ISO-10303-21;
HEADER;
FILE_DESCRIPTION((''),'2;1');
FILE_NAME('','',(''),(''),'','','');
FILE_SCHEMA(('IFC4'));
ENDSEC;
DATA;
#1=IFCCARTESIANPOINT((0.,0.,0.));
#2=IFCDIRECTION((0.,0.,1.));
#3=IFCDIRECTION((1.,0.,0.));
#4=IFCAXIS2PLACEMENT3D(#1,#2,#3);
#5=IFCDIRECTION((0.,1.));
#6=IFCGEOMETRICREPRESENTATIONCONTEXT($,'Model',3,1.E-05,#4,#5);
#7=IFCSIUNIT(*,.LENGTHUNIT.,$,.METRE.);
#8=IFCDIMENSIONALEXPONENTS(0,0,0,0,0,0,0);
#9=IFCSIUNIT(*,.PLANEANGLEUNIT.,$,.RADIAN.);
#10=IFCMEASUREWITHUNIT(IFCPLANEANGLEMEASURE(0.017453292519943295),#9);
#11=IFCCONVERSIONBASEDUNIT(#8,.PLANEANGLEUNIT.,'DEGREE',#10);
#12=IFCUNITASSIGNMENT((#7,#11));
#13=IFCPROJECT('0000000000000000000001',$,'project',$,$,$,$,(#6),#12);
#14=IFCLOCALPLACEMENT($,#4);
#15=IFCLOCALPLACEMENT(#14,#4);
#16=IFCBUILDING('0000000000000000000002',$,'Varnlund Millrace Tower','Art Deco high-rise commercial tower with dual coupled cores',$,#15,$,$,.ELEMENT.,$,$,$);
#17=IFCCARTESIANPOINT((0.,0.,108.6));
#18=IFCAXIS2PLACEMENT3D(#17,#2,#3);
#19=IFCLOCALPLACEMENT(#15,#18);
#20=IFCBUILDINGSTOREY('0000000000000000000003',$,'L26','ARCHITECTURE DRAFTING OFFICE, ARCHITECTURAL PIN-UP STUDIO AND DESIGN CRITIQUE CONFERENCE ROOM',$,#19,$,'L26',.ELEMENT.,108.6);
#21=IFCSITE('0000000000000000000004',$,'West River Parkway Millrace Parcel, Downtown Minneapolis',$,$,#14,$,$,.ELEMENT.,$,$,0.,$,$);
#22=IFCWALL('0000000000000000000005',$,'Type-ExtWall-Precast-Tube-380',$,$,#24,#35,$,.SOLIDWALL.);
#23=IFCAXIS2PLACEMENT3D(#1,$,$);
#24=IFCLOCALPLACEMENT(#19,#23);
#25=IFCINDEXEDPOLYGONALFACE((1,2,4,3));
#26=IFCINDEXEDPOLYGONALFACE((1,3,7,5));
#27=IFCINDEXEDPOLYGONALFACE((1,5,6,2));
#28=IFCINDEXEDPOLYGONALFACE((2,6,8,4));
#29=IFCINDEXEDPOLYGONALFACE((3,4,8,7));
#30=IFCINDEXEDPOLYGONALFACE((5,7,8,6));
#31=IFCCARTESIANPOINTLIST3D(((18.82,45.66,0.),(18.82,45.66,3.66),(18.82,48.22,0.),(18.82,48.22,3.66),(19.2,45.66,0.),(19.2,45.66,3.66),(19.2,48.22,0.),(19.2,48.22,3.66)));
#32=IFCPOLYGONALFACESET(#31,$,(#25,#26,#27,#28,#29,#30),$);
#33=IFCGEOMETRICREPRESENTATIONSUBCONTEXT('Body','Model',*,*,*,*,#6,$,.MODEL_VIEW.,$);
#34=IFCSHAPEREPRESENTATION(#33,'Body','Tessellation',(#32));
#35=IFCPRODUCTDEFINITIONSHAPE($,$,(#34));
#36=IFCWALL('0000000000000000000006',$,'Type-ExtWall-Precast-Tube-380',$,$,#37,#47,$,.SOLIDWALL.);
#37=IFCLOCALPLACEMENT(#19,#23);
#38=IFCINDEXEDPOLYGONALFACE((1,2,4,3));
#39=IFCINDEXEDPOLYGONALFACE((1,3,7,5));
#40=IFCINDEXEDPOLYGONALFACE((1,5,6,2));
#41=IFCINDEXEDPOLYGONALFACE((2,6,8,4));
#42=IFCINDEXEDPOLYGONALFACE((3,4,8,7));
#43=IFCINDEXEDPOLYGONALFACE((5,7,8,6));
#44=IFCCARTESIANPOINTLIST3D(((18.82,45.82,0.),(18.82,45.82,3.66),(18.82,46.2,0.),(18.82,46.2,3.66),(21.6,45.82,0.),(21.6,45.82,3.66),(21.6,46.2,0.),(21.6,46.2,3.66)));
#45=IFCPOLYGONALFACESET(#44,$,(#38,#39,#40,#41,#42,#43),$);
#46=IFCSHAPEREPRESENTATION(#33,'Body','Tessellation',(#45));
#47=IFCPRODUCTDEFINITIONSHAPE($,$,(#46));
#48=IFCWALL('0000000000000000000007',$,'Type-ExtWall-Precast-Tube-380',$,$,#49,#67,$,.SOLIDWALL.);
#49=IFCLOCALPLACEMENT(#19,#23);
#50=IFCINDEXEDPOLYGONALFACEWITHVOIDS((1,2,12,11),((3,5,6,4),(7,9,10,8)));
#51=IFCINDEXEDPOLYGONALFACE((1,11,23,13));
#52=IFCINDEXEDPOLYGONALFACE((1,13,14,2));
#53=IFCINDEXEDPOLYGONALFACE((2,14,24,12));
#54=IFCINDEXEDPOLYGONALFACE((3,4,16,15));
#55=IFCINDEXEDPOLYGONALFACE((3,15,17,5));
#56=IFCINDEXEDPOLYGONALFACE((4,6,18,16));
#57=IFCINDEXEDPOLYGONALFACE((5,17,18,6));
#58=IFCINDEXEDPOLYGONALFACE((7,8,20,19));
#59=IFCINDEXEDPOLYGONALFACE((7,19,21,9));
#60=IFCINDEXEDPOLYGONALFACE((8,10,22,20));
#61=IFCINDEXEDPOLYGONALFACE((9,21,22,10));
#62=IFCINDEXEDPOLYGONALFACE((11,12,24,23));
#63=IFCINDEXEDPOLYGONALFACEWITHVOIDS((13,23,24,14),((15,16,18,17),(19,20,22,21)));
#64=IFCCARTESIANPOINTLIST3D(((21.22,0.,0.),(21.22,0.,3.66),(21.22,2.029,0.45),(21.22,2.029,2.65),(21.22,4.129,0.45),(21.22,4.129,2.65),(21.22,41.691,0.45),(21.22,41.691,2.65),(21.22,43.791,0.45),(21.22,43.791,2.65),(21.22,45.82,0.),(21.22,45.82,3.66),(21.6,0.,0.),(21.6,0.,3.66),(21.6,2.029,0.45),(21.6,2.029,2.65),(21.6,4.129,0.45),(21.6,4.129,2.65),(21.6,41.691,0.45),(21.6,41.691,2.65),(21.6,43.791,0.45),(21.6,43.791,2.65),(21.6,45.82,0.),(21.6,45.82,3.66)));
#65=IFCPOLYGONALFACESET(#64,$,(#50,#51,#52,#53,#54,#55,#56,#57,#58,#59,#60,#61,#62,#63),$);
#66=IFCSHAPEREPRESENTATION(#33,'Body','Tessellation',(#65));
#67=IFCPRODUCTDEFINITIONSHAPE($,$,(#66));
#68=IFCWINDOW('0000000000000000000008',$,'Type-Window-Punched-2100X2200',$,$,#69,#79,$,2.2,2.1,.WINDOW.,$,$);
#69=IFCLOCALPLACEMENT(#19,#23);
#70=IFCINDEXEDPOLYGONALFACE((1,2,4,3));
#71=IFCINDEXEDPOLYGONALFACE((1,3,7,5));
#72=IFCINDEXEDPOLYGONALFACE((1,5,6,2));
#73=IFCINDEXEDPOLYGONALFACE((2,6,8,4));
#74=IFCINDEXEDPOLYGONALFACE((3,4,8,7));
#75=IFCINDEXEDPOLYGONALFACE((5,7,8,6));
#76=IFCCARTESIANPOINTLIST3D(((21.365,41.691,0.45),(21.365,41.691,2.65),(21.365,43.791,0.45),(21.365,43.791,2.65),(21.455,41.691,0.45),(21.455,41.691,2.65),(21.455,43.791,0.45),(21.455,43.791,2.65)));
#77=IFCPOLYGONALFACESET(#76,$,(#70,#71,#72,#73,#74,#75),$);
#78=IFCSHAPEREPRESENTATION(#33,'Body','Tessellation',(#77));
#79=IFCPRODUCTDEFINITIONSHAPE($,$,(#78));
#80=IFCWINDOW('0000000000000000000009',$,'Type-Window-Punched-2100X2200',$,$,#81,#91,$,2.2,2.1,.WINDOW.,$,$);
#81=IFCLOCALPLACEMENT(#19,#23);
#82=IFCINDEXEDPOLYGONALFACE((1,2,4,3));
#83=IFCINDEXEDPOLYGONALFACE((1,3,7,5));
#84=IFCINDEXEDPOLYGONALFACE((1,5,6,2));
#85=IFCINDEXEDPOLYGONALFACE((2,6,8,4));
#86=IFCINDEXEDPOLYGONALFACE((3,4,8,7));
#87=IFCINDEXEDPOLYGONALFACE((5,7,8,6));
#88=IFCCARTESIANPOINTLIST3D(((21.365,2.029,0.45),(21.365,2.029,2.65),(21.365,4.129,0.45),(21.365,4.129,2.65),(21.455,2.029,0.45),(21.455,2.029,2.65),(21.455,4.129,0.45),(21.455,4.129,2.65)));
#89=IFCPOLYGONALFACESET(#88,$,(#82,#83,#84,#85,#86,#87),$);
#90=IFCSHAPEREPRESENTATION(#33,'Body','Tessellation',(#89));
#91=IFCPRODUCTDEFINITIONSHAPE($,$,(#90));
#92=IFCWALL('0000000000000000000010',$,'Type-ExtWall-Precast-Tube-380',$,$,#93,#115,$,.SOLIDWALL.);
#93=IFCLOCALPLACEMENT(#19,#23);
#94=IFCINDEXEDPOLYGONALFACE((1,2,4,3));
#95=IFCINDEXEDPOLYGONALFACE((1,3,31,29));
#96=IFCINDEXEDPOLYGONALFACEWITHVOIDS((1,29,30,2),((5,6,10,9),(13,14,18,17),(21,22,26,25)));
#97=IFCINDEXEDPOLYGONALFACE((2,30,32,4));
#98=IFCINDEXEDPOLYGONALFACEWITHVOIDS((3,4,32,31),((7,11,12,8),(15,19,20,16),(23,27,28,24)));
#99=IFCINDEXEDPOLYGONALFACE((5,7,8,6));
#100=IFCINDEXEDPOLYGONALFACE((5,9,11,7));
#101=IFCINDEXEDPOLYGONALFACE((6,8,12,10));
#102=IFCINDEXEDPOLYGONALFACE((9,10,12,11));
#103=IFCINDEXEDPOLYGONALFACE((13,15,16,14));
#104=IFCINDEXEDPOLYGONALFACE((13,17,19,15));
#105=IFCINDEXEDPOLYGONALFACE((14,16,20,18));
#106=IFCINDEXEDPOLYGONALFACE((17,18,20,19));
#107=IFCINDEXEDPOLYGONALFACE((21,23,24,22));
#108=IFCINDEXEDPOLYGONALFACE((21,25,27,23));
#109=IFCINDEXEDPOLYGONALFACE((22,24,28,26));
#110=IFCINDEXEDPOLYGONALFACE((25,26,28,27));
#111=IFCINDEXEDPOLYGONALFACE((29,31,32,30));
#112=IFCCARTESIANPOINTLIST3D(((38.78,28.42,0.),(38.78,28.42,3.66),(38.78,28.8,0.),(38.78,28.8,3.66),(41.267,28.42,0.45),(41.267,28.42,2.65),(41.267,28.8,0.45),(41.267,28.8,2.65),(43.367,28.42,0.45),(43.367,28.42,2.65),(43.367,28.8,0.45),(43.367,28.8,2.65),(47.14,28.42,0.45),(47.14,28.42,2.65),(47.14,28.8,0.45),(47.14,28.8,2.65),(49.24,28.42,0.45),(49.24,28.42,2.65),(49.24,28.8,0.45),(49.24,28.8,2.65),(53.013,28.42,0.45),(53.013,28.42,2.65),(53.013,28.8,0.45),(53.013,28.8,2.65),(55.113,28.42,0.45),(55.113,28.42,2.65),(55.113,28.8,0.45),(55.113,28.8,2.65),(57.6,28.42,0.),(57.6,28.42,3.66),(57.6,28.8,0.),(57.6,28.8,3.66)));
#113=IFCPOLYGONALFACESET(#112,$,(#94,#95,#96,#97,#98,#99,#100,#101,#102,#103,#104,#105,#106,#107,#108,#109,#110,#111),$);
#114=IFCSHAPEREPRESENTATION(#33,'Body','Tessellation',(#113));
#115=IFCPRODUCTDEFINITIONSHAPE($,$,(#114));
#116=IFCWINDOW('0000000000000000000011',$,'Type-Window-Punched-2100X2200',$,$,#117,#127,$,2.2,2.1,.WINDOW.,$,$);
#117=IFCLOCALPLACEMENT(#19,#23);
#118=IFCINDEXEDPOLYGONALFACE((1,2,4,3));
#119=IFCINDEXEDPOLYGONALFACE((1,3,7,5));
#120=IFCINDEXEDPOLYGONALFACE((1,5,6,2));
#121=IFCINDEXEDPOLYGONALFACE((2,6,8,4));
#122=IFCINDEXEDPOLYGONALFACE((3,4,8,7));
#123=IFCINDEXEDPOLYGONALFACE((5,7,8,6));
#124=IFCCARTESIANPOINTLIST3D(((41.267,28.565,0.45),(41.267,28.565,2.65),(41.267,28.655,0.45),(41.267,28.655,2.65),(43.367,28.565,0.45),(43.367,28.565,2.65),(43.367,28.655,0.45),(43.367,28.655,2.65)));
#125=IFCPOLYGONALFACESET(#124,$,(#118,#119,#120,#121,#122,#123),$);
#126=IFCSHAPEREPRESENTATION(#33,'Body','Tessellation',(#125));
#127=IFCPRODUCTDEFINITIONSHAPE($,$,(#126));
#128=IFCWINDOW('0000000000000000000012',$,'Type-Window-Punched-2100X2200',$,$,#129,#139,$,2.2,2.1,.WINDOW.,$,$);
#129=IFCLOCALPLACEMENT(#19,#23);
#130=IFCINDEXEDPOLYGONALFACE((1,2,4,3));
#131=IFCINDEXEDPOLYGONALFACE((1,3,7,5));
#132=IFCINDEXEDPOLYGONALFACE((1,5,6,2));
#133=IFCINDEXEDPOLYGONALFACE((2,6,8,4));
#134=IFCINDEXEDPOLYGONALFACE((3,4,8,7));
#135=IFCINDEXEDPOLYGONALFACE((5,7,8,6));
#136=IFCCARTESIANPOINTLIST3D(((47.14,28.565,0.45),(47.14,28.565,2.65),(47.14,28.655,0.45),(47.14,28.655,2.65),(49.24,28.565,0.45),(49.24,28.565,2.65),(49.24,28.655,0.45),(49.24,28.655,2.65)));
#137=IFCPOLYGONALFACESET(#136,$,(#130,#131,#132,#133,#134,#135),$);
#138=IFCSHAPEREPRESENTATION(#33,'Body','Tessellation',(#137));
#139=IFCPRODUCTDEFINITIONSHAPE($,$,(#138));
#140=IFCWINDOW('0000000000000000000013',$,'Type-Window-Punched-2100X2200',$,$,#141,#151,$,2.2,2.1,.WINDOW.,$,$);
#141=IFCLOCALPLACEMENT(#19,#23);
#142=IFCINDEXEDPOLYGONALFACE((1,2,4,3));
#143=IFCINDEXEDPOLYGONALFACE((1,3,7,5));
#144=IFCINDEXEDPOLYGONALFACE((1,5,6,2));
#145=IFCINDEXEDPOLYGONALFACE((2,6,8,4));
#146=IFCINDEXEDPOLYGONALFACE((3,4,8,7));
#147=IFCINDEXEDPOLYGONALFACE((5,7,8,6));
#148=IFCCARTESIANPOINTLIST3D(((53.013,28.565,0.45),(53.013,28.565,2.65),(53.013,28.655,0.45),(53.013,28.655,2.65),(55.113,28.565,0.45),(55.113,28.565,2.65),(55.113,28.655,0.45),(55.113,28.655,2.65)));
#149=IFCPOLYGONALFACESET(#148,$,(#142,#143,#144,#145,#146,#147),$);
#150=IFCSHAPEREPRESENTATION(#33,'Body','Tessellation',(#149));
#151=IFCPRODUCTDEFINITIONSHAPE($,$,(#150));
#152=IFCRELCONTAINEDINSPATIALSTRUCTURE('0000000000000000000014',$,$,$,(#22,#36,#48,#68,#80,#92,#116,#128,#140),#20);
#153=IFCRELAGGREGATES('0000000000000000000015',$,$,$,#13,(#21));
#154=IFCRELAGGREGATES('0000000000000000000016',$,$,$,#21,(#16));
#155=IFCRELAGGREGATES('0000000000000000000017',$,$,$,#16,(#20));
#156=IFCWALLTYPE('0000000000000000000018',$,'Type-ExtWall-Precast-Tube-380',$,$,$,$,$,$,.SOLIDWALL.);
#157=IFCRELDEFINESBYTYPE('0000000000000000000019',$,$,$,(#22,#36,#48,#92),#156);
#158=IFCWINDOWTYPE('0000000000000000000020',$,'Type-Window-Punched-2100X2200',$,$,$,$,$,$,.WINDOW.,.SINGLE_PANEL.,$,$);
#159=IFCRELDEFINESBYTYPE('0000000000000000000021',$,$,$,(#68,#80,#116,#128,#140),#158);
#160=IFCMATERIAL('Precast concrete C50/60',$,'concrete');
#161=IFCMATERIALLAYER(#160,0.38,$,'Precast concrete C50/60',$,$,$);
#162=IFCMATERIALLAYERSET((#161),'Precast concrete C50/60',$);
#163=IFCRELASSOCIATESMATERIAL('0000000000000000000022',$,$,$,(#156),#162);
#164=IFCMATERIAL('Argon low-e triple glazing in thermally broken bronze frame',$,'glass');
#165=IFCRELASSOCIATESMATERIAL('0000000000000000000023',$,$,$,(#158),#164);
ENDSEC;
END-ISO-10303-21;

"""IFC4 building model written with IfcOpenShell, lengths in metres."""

from ifc_helpers import new_model, entity, si_unit, converted_unit, direction, frame, origin_with_axes, origin_2d_with_axis, place, context, subcontext, project, spatial, polyline, rectangle, outline, extrude, material, layer, layer_set, type_object, element, fill, save


model = new_model("IFC4")

# Units and contexts
model_context = context("Model", 3, precision=1e-05, world=origin_with_axes(), true_north=direction((0.0, 1.0)))
body_context = subcontext(model_context, "Body", "Model", "MODEL_VIEW")
ifc_project = project(units=[si_unit("LENGTHUNIT", "METRE"), converted_unit("PLANEANGLEUNIT", "DEGREE", entity("IfcPlaneAngleMeasure", 0.017453292519943295), si_unit("PLANEANGLEUNIT", "RADIAN"), dimensions=[0, 0, 0, 0, 0, 0, 0])], contexts=[model_context])

# Site, building, storey
site_placement = place(None, origin_with_axes())
site = spatial("IfcSite", under=ifc_project, at=site_placement, Name="West River Parkway Millrace Parcel, Downtown Minneapolis", CompositionType="ELEMENT", RefElevation=0.0)
building_placement = place(site_placement, origin_with_axes())
building = spatial("IfcBuilding", under=site, at=building_placement, Name="Varnlund Millrace Tower", Description="Art Deco high-rise commercial tower with dual coupled cores", CompositionType="ELEMENT")
storey_placement = place(building_placement, frame((0.0, 0.0, 108.6), z_axis=(0.0, 0.0, 1.0), x_axis=(1.0, 0.0, 0.0)))
storey = spatial("IfcBuildingStorey", under=building, at=storey_placement, Name="L26", Description="ARCHITECTURE DRAFTING OFFICE, ARCHITECTURAL PIN-UP STUDIO AND DESIGN CRITIQUE CONFERENCE ROOM", LongName="L26", CompositionType="ELEMENT", Elevation=108.6)

# Walls
ifc_material_1 = material(Name="Precast concrete C50/60", Category="concrete")
ifc_layer_1 = layer(ifc_material_1, 0.38, Name="Precast concrete C50/60")
ifc_layer_set_1 = layer_set([ifc_layer_1], Name="Precast concrete C50/60")
wall_type_1 = type_object("IfcWallType", Name="Type-ExtWall-Precast-Tube-380", PredefinedType="SOLIDWALL", material=ifc_layer_set_1)
wall_1_placement = place(storey_placement, frame((19.01, 48.22, 0.0), z_axis=(0.0, 0.0, 1.0), x_axis=(0.0, -1.0, 0.0)))
element("IfcWall", 1, at=wall_1_placement, inside=storey, type_object=wall_type_1, Name="Type-ExtWall-Precast-Tube-380", PredefinedType="SOLIDWALL", context=body_context, shape_type="SweptSolid", body=[
    extrude(outline(polyline([(0.0, -0.19), (2.56, -0.19), (2.56, 0.19), (0.0, 0.19), (0.0, -0.19)])), origin_with_axes(), (0.0, 0.0, 1.0), 3.66),
])
wall_2_placement = place(storey_placement, frame((18.82, 46.01, 0.0), z_axis=(0.0, 0.0, 1.0), x_axis=(1.0, 0.0, 0.0)))
element("IfcWall", 2, at=wall_2_placement, inside=storey, type_object=wall_type_1, Name="Type-ExtWall-Precast-Tube-380", PredefinedType="SOLIDWALL", context=body_context, shape_type="SweptSolid", body=[
    extrude(outline(polyline([(0.0, -0.19), (2.78, -0.19), (2.78, 0.19), (0.0, 0.19), (0.0, -0.19)])), origin_with_axes(), (0.0, 0.0, 1.0), 3.66),
])

# Walls, openings, windows
wall_3_placement = place(storey_placement, frame((21.41, 45.82, 0.0), z_axis=(0.0, 0.0, 1.0), x_axis=(0.0, -1.0, 0.0)))
wall_3 = element("IfcWall", 3, at=wall_3_placement, inside=storey, type_object=wall_type_1, Name="Type-ExtWall-Precast-Tube-380", PredefinedType="SOLIDWALL", context=body_context, shape_type="SweptSolid", body=[
    extrude(outline(polyline([(0.0, -0.19), (45.82, -0.19), (45.82, 0.19), (0.0, 0.19), (0.0, -0.19)])), origin_with_axes(), (0.0, 0.0, 1.0), 3.66),
])
opening_1_placement = place(wall_3_placement, frame((3.079, 0.0, 0.45), z_axis=(0.0, 0.0, 1.0), x_axis=(1.0, 0.0, 0.0)))
opening_1 = element("IfcOpeningElement", 4, at=opening_1_placement, cuts=wall_3, PredefinedType="OPENING", context=body_context, shape_type="SweptSolid", body=[
    extrude(rectangle(XDim=2.1, YDim=0.4, at=origin_2d_with_axis()), origin_with_axes(), (0.0, 0.0, 1.0), 2.2),
])
opening_2_placement = place(wall_3_placement, frame((42.741, 0.0, 0.45), z_axis=(0.0, 0.0, 1.0), x_axis=(1.0, 0.0, 0.0)))
opening_2 = element("IfcOpeningElement", 5, at=opening_2_placement, cuts=wall_3, PredefinedType="OPENING", context=body_context, shape_type="SweptSolid", body=[
    extrude(rectangle(XDim=2.1, YDim=0.4, at=origin_2d_with_axis()), origin_with_axes(), (0.0, 0.0, 1.0), 2.2),
])
ifc_material_2 = material(Name="Argon low-e triple glazing in thermally broken bronze frame", Category="glass")
window_type = type_object("IfcWindowType", Name="Type-Window-Punched-2100X2200", PartitioningType="SINGLE_PANEL", PredefinedType="WINDOW", material=ifc_material_2)
window_1_placement = place(wall_3_placement, frame((3.079, 0.0, 0.45), z_axis=(0.0, 0.0, 1.0), x_axis=(1.0, 0.0, 0.0)))
window_1 = element("IfcWindow", 6, at=window_1_placement, inside=storey, type_object=window_type, Name="Type-Window-Punched-2100X2200", OverallHeight=2.2, OverallWidth=2.1, PredefinedType="WINDOW", context=body_context, shape_type="SweptSolid", body=[
    extrude(rectangle(XDim=2.1, YDim=0.09, at=origin_2d_with_axis()), origin_with_axes(), (0.0, 0.0, 1.0), 2.2),
])
fill(opening_1, window_1)
window_2_placement = place(wall_3_placement, frame((42.741, 0.0, 0.45), z_axis=(0.0, 0.0, 1.0), x_axis=(1.0, 0.0, 0.0)))
window_2 = element("IfcWindow", 7, at=window_2_placement, inside=storey, type_object=window_type, Name="Type-Window-Punched-2100X2200", OverallHeight=2.2, OverallWidth=2.1, PredefinedType="WINDOW", context=body_context, shape_type="SweptSolid", body=[
    extrude(rectangle(XDim=2.1, YDim=0.09, at=origin_2d_with_axis()), origin_with_axes(), (0.0, 0.0, 1.0), 2.2),
])
fill(opening_2, window_2)
wall_4_placement = place(storey_placement, frame((38.78, 28.61, 0.0), z_axis=(0.0, 0.0, 1.0), x_axis=(1.0, 0.0, 0.0)))
wall_4 = element("IfcWall", 8, at=wall_4_placement, inside=storey, type_object=wall_type_1, Name="Type-ExtWall-Precast-Tube-380", PredefinedType="SOLIDWALL", context=body_context, shape_type="SweptSolid", body=[
    extrude(outline(polyline([(0.0, -0.19), (18.82, -0.19), (18.82, 0.19), (0.0, 0.19), (0.0, -0.19)])), origin_with_axes(), (0.0, 0.0, 1.0), 3.66),
])
opening_3_placement = place(wall_4_placement, frame((3.537, 0.0, 0.45), z_axis=(0.0, 0.0, 1.0), x_axis=(1.0, 0.0, 0.0)))
opening_3 = element("IfcOpeningElement", 9, at=opening_3_placement, cuts=wall_4, PredefinedType="OPENING", context=body_context, shape_type="SweptSolid", body=[
    extrude(rectangle(XDim=2.1, YDim=0.4, at=origin_2d_with_axis()), origin_with_axes(), (0.0, 0.0, 1.0), 2.2),
])
opening_4_placement = place(wall_4_placement, frame((9.41, 0.0, 0.45), z_axis=(0.0, 0.0, 1.0), x_axis=(1.0, 0.0, 0.0)))
opening_4 = element("IfcOpeningElement", 10, at=opening_4_placement, cuts=wall_4, PredefinedType="OPENING", context=body_context, shape_type="SweptSolid", body=[
    extrude(rectangle(XDim=2.1, YDim=0.4, at=origin_2d_with_axis()), origin_with_axes(), (0.0, 0.0, 1.0), 2.2),
])
opening_5_placement = place(wall_4_placement, frame((15.283, 0.0, 0.45), z_axis=(0.0, 0.0, 1.0), x_axis=(1.0, 0.0, 0.0)))
opening_5 = element("IfcOpeningElement", 11, at=opening_5_placement, cuts=wall_4, PredefinedType="OPENING", context=body_context, shape_type="SweptSolid", body=[
    extrude(rectangle(XDim=2.1, YDim=0.4, at=origin_2d_with_axis()), origin_with_axes(), (0.0, 0.0, 1.0), 2.2),
])
window_3_placement = place(wall_4_placement, frame((3.537, 0.0, 0.45), z_axis=(0.0, 0.0, 1.0), x_axis=(1.0, 0.0, 0.0)))
window_3 = element("IfcWindow", 12, at=window_3_placement, inside=storey, type_object=window_type, Name="Type-Window-Punched-2100X2200", OverallHeight=2.2, OverallWidth=2.1, PredefinedType="WINDOW", context=body_context, shape_type="SweptSolid", body=[
    extrude(rectangle(XDim=2.1, YDim=0.09, at=origin_2d_with_axis()), origin_with_axes(), (0.0, 0.0, 1.0), 2.2),
])
fill(opening_3, window_3)
window_4_placement = place(wall_4_placement, frame((9.41, 0.0, 0.45), z_axis=(0.0, 0.0, 1.0), x_axis=(1.0, 0.0, 0.0)))
window_4 = element("IfcWindow", 13, at=window_4_placement, inside=storey, type_object=window_type, Name="Type-Window-Punched-2100X2200", OverallHeight=2.2, OverallWidth=2.1, PredefinedType="WINDOW", context=body_context, shape_type="SweptSolid", body=[
    extrude(rectangle(XDim=2.1, YDim=0.09, at=origin_2d_with_axis()), origin_with_axes(), (0.0, 0.0, 1.0), 2.2),
])
fill(opening_4, window_4)
window_5_placement = place(wall_4_placement, frame((15.283, 0.0, 0.45), z_axis=(0.0, 0.0, 1.0), x_axis=(1.0, 0.0, 0.0)))
window_5 = element("IfcWindow", 14, at=window_5_placement, inside=storey, type_object=window_type, Name="Type-Window-Punched-2100X2200", OverallHeight=2.2, OverallWidth=2.1, PredefinedType="WINDOW", context=body_context, shape_type="SweptSolid", body=[
    extrude(rectangle(XDim=2.1, YDim=0.09, at=origin_2d_with_axis()), origin_with_axes(), (0.0, 0.0, 1.0), 2.2),
])
fill(opening_5, window_5)

save(model, "model.ifc")
